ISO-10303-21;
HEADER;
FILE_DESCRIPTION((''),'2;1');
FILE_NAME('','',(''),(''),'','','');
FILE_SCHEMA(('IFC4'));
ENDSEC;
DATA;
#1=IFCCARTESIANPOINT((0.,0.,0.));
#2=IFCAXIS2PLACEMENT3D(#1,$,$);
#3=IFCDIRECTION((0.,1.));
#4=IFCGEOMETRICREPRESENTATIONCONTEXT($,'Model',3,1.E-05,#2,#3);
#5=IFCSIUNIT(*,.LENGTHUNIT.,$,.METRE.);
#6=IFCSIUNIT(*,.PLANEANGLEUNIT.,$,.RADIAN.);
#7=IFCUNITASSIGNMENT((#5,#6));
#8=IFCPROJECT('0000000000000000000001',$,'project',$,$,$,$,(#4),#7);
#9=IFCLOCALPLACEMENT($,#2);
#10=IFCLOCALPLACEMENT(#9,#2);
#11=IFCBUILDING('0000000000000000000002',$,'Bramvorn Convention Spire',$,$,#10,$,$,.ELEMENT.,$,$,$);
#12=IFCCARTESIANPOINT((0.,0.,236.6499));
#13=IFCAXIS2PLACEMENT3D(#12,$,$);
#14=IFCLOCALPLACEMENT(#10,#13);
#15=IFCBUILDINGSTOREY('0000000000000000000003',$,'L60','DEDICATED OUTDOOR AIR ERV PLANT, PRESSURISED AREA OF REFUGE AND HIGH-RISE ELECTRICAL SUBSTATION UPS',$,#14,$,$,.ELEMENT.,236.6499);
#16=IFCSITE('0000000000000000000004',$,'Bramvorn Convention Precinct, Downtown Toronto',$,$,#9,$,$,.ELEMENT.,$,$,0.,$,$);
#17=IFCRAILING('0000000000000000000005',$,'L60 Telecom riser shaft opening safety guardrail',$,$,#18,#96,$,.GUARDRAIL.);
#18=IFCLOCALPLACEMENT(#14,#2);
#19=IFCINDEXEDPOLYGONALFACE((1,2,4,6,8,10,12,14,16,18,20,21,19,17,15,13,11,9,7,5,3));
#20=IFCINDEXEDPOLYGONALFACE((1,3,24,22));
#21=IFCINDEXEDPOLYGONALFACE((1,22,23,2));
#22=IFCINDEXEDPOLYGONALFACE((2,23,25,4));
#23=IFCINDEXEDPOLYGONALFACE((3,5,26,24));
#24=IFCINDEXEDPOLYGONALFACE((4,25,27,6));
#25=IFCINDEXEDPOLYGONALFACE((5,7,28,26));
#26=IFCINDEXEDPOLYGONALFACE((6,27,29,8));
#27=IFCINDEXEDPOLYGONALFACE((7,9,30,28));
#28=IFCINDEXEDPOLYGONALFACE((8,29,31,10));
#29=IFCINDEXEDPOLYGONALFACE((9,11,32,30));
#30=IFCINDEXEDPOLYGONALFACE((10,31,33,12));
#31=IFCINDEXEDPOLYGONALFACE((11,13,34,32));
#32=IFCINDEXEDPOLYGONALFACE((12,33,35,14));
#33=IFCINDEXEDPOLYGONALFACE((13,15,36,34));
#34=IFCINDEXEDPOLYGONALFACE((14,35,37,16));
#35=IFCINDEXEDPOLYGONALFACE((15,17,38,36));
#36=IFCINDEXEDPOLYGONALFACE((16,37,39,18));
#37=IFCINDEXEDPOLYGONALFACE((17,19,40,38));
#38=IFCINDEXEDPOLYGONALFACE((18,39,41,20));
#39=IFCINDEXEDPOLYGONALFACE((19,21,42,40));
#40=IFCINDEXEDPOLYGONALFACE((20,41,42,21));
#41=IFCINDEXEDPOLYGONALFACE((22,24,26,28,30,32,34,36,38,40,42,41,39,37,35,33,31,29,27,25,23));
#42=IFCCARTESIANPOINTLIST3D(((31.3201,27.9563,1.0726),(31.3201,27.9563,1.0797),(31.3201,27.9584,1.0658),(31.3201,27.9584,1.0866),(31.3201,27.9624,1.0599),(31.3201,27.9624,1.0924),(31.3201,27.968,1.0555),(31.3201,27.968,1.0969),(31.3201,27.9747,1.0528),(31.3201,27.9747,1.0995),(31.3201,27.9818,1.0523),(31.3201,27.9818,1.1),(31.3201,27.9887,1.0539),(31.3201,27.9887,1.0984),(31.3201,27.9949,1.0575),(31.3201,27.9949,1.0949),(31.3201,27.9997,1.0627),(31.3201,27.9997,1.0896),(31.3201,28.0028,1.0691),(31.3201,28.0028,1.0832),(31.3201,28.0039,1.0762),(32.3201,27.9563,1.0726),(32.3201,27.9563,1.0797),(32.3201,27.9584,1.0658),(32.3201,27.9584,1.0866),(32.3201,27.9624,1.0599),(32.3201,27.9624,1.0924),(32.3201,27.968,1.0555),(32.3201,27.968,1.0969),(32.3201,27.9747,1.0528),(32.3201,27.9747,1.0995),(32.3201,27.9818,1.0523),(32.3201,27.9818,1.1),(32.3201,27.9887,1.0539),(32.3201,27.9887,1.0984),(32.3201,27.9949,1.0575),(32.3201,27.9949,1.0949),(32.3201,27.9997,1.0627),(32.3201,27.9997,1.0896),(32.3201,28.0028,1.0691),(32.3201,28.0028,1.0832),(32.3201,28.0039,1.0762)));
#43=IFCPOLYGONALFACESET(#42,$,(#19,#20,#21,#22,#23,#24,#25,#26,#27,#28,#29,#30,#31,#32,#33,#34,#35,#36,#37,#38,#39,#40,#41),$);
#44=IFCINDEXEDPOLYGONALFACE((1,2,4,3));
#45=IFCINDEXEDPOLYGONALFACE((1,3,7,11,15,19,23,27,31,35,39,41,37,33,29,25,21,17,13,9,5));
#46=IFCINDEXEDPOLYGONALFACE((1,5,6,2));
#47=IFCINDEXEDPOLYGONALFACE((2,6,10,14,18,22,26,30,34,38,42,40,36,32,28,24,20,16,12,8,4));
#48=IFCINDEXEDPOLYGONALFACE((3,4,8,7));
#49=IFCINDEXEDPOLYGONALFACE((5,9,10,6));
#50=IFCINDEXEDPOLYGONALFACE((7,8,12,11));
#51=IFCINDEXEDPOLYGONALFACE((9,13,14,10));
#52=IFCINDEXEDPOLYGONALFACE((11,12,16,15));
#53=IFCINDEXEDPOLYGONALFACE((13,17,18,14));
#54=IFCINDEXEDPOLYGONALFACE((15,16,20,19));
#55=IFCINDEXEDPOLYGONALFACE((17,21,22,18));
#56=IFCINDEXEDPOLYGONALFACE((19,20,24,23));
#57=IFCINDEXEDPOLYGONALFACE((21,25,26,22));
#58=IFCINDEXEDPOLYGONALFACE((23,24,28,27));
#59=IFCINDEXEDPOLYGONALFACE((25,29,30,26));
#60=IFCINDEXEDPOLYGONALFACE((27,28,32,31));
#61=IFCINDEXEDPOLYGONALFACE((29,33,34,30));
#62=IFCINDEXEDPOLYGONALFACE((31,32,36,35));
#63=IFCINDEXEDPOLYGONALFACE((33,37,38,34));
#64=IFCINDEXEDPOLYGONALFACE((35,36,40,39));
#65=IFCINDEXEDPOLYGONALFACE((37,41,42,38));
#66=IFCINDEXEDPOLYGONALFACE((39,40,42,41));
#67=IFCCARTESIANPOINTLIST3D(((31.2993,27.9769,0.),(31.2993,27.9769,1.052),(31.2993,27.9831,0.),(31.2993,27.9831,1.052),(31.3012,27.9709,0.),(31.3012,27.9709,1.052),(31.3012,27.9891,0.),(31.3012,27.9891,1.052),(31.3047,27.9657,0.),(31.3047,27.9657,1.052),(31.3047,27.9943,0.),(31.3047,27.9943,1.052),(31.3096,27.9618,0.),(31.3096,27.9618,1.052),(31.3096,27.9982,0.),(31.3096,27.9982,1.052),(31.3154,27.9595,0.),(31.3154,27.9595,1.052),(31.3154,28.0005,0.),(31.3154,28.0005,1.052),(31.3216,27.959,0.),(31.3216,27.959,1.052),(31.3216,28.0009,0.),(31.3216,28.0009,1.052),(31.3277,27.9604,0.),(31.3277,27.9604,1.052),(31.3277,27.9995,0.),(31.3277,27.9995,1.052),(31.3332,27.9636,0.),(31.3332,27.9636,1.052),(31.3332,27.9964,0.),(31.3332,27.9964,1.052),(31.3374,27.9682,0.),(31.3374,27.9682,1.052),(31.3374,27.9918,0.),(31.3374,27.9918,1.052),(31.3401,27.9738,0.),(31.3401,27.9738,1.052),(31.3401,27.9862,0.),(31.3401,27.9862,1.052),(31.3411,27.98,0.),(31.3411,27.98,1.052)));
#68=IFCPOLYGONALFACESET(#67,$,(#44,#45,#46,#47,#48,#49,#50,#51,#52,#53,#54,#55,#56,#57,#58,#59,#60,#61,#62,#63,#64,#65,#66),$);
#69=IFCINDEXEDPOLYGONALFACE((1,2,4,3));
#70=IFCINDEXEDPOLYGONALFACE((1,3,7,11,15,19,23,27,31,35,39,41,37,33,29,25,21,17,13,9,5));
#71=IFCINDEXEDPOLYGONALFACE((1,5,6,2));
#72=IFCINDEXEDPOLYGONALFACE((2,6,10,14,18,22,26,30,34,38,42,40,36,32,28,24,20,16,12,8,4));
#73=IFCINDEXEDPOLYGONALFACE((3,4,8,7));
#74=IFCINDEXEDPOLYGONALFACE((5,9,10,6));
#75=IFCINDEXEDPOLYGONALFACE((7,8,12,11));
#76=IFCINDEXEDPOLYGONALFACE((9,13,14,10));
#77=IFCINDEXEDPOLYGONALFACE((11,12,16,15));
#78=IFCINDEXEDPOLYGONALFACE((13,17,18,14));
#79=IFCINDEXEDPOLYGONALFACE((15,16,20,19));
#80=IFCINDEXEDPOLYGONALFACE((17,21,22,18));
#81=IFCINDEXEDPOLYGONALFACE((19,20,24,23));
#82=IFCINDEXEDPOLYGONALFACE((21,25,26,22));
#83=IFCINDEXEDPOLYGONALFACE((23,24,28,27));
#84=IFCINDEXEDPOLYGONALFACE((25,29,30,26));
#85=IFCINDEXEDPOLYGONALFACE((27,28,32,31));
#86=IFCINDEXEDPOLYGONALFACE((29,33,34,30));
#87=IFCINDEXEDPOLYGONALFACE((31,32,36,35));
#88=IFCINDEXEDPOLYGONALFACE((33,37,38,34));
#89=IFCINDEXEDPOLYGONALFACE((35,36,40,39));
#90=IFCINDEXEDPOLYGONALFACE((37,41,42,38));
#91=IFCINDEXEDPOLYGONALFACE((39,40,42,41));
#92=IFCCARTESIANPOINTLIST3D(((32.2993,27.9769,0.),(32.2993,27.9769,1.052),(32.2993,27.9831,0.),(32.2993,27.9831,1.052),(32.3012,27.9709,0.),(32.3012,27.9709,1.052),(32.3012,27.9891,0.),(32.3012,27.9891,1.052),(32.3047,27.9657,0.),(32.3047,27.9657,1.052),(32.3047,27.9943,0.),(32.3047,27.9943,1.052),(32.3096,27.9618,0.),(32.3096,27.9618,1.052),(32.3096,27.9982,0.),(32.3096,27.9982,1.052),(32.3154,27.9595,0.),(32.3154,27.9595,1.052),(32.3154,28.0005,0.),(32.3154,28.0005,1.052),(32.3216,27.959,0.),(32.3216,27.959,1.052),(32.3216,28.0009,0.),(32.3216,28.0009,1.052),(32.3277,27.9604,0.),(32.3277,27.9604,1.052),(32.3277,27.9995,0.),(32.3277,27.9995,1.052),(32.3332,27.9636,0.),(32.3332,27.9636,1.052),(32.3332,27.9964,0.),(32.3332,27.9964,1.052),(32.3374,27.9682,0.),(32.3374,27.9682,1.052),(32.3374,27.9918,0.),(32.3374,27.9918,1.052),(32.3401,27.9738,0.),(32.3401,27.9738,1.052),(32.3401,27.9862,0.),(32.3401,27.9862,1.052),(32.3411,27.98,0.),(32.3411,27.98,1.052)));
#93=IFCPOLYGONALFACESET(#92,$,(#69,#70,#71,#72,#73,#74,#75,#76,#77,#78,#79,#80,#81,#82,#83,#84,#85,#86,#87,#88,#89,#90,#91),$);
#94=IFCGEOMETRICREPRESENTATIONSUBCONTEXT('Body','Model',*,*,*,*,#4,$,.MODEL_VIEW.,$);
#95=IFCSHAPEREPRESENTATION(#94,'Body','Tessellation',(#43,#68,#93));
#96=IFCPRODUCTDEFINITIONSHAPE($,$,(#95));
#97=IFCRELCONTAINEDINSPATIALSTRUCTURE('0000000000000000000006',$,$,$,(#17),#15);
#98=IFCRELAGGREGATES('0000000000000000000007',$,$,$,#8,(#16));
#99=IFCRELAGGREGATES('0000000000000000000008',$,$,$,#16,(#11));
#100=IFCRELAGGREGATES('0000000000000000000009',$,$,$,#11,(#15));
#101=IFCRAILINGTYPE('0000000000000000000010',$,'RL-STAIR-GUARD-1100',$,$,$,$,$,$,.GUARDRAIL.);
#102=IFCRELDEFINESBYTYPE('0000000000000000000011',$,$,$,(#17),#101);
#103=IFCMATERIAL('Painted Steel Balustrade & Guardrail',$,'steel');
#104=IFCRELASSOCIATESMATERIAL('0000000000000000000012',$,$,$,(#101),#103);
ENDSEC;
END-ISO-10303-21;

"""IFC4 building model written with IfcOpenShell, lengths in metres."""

from ifc_helpers import new_model, si_unit, direction, frame, origin, origin_2d, place, context, subcontext, project, spatial, circle, extrude, material, type_object, element, save


model = new_model("IFC4")

# Units and contexts
model_context = context("Model", 3, precision=1e-05, world=origin(), true_north=direction((0.0, 1.0)))
body_context = subcontext(model_context, "Body", "Model", "MODEL_VIEW")
ifc_project = project(units=[si_unit("LENGTHUNIT", "METRE"), si_unit("PLANEANGLEUNIT", "RADIAN")], contexts=[model_context])

# Site, building, storey
site_placement = place(None, origin())
site = spatial("IfcSite", under=ifc_project, at=site_placement, Name="Bramvorn Convention Precinct, Downtown Toronto", CompositionType="ELEMENT", RefElevation=0.0)
building_placement = place(site_placement, origin())
building = spatial("IfcBuilding", under=site, at=building_placement, Name="Bramvorn Convention Spire", CompositionType="ELEMENT")
storey_placement = place(building_placement, frame((0.0, 0.0, 236.6499)))
storey = spatial("IfcBuildingStorey", under=building, at=storey_placement, Name="L60", Description="DEDICATED OUTDOOR AIR ERV PLANT, PRESSURISED AREA OF REFUGE AND HIGH-RISE ELECTRICAL SUBSTATION UPS", CompositionType="ELEMENT", Elevation=236.6499)

# Railing
ifc_material_1 = material(Name="Painted Steel Balustrade & Guardrail", Category="steel")
railing_type = type_object("IfcRailingType", Name="RL-STAIR-GUARD-1100", PredefinedType="GUARDRAIL", material=ifc_material_1)
railing_placement = place(storey_placement, frame((31.3201, 27.98, 0.0)))
element("IfcRailing", 1, at=railing_placement, inside=storey, type_object=railing_type, Name="L60 Telecom riser shaft opening safety guardrail", PredefinedType="GUARDRAIL", context=body_context, shape_type="SweptSolid", body=[
    extrude(circle(Radius=0.0239, at=origin_2d()), frame((0.0, 0.0, 1.0762), z_axis=(1.0, 0.0, 0.0), x_axis=(0.0, 1.0, 0.0)), (0.0, 0.0, 1.0), 1.0),
    extrude(circle(Radius=0.021, at=origin_2d()), origin(), (0.0, 0.0, 1.0), 1.052),
    extrude(circle(Radius=0.021, at=origin_2d()), frame((1.0, 0.0, 0.0)), (0.0, 0.0, 1.0), 1.052),
])

save(model, "model.ifc")
